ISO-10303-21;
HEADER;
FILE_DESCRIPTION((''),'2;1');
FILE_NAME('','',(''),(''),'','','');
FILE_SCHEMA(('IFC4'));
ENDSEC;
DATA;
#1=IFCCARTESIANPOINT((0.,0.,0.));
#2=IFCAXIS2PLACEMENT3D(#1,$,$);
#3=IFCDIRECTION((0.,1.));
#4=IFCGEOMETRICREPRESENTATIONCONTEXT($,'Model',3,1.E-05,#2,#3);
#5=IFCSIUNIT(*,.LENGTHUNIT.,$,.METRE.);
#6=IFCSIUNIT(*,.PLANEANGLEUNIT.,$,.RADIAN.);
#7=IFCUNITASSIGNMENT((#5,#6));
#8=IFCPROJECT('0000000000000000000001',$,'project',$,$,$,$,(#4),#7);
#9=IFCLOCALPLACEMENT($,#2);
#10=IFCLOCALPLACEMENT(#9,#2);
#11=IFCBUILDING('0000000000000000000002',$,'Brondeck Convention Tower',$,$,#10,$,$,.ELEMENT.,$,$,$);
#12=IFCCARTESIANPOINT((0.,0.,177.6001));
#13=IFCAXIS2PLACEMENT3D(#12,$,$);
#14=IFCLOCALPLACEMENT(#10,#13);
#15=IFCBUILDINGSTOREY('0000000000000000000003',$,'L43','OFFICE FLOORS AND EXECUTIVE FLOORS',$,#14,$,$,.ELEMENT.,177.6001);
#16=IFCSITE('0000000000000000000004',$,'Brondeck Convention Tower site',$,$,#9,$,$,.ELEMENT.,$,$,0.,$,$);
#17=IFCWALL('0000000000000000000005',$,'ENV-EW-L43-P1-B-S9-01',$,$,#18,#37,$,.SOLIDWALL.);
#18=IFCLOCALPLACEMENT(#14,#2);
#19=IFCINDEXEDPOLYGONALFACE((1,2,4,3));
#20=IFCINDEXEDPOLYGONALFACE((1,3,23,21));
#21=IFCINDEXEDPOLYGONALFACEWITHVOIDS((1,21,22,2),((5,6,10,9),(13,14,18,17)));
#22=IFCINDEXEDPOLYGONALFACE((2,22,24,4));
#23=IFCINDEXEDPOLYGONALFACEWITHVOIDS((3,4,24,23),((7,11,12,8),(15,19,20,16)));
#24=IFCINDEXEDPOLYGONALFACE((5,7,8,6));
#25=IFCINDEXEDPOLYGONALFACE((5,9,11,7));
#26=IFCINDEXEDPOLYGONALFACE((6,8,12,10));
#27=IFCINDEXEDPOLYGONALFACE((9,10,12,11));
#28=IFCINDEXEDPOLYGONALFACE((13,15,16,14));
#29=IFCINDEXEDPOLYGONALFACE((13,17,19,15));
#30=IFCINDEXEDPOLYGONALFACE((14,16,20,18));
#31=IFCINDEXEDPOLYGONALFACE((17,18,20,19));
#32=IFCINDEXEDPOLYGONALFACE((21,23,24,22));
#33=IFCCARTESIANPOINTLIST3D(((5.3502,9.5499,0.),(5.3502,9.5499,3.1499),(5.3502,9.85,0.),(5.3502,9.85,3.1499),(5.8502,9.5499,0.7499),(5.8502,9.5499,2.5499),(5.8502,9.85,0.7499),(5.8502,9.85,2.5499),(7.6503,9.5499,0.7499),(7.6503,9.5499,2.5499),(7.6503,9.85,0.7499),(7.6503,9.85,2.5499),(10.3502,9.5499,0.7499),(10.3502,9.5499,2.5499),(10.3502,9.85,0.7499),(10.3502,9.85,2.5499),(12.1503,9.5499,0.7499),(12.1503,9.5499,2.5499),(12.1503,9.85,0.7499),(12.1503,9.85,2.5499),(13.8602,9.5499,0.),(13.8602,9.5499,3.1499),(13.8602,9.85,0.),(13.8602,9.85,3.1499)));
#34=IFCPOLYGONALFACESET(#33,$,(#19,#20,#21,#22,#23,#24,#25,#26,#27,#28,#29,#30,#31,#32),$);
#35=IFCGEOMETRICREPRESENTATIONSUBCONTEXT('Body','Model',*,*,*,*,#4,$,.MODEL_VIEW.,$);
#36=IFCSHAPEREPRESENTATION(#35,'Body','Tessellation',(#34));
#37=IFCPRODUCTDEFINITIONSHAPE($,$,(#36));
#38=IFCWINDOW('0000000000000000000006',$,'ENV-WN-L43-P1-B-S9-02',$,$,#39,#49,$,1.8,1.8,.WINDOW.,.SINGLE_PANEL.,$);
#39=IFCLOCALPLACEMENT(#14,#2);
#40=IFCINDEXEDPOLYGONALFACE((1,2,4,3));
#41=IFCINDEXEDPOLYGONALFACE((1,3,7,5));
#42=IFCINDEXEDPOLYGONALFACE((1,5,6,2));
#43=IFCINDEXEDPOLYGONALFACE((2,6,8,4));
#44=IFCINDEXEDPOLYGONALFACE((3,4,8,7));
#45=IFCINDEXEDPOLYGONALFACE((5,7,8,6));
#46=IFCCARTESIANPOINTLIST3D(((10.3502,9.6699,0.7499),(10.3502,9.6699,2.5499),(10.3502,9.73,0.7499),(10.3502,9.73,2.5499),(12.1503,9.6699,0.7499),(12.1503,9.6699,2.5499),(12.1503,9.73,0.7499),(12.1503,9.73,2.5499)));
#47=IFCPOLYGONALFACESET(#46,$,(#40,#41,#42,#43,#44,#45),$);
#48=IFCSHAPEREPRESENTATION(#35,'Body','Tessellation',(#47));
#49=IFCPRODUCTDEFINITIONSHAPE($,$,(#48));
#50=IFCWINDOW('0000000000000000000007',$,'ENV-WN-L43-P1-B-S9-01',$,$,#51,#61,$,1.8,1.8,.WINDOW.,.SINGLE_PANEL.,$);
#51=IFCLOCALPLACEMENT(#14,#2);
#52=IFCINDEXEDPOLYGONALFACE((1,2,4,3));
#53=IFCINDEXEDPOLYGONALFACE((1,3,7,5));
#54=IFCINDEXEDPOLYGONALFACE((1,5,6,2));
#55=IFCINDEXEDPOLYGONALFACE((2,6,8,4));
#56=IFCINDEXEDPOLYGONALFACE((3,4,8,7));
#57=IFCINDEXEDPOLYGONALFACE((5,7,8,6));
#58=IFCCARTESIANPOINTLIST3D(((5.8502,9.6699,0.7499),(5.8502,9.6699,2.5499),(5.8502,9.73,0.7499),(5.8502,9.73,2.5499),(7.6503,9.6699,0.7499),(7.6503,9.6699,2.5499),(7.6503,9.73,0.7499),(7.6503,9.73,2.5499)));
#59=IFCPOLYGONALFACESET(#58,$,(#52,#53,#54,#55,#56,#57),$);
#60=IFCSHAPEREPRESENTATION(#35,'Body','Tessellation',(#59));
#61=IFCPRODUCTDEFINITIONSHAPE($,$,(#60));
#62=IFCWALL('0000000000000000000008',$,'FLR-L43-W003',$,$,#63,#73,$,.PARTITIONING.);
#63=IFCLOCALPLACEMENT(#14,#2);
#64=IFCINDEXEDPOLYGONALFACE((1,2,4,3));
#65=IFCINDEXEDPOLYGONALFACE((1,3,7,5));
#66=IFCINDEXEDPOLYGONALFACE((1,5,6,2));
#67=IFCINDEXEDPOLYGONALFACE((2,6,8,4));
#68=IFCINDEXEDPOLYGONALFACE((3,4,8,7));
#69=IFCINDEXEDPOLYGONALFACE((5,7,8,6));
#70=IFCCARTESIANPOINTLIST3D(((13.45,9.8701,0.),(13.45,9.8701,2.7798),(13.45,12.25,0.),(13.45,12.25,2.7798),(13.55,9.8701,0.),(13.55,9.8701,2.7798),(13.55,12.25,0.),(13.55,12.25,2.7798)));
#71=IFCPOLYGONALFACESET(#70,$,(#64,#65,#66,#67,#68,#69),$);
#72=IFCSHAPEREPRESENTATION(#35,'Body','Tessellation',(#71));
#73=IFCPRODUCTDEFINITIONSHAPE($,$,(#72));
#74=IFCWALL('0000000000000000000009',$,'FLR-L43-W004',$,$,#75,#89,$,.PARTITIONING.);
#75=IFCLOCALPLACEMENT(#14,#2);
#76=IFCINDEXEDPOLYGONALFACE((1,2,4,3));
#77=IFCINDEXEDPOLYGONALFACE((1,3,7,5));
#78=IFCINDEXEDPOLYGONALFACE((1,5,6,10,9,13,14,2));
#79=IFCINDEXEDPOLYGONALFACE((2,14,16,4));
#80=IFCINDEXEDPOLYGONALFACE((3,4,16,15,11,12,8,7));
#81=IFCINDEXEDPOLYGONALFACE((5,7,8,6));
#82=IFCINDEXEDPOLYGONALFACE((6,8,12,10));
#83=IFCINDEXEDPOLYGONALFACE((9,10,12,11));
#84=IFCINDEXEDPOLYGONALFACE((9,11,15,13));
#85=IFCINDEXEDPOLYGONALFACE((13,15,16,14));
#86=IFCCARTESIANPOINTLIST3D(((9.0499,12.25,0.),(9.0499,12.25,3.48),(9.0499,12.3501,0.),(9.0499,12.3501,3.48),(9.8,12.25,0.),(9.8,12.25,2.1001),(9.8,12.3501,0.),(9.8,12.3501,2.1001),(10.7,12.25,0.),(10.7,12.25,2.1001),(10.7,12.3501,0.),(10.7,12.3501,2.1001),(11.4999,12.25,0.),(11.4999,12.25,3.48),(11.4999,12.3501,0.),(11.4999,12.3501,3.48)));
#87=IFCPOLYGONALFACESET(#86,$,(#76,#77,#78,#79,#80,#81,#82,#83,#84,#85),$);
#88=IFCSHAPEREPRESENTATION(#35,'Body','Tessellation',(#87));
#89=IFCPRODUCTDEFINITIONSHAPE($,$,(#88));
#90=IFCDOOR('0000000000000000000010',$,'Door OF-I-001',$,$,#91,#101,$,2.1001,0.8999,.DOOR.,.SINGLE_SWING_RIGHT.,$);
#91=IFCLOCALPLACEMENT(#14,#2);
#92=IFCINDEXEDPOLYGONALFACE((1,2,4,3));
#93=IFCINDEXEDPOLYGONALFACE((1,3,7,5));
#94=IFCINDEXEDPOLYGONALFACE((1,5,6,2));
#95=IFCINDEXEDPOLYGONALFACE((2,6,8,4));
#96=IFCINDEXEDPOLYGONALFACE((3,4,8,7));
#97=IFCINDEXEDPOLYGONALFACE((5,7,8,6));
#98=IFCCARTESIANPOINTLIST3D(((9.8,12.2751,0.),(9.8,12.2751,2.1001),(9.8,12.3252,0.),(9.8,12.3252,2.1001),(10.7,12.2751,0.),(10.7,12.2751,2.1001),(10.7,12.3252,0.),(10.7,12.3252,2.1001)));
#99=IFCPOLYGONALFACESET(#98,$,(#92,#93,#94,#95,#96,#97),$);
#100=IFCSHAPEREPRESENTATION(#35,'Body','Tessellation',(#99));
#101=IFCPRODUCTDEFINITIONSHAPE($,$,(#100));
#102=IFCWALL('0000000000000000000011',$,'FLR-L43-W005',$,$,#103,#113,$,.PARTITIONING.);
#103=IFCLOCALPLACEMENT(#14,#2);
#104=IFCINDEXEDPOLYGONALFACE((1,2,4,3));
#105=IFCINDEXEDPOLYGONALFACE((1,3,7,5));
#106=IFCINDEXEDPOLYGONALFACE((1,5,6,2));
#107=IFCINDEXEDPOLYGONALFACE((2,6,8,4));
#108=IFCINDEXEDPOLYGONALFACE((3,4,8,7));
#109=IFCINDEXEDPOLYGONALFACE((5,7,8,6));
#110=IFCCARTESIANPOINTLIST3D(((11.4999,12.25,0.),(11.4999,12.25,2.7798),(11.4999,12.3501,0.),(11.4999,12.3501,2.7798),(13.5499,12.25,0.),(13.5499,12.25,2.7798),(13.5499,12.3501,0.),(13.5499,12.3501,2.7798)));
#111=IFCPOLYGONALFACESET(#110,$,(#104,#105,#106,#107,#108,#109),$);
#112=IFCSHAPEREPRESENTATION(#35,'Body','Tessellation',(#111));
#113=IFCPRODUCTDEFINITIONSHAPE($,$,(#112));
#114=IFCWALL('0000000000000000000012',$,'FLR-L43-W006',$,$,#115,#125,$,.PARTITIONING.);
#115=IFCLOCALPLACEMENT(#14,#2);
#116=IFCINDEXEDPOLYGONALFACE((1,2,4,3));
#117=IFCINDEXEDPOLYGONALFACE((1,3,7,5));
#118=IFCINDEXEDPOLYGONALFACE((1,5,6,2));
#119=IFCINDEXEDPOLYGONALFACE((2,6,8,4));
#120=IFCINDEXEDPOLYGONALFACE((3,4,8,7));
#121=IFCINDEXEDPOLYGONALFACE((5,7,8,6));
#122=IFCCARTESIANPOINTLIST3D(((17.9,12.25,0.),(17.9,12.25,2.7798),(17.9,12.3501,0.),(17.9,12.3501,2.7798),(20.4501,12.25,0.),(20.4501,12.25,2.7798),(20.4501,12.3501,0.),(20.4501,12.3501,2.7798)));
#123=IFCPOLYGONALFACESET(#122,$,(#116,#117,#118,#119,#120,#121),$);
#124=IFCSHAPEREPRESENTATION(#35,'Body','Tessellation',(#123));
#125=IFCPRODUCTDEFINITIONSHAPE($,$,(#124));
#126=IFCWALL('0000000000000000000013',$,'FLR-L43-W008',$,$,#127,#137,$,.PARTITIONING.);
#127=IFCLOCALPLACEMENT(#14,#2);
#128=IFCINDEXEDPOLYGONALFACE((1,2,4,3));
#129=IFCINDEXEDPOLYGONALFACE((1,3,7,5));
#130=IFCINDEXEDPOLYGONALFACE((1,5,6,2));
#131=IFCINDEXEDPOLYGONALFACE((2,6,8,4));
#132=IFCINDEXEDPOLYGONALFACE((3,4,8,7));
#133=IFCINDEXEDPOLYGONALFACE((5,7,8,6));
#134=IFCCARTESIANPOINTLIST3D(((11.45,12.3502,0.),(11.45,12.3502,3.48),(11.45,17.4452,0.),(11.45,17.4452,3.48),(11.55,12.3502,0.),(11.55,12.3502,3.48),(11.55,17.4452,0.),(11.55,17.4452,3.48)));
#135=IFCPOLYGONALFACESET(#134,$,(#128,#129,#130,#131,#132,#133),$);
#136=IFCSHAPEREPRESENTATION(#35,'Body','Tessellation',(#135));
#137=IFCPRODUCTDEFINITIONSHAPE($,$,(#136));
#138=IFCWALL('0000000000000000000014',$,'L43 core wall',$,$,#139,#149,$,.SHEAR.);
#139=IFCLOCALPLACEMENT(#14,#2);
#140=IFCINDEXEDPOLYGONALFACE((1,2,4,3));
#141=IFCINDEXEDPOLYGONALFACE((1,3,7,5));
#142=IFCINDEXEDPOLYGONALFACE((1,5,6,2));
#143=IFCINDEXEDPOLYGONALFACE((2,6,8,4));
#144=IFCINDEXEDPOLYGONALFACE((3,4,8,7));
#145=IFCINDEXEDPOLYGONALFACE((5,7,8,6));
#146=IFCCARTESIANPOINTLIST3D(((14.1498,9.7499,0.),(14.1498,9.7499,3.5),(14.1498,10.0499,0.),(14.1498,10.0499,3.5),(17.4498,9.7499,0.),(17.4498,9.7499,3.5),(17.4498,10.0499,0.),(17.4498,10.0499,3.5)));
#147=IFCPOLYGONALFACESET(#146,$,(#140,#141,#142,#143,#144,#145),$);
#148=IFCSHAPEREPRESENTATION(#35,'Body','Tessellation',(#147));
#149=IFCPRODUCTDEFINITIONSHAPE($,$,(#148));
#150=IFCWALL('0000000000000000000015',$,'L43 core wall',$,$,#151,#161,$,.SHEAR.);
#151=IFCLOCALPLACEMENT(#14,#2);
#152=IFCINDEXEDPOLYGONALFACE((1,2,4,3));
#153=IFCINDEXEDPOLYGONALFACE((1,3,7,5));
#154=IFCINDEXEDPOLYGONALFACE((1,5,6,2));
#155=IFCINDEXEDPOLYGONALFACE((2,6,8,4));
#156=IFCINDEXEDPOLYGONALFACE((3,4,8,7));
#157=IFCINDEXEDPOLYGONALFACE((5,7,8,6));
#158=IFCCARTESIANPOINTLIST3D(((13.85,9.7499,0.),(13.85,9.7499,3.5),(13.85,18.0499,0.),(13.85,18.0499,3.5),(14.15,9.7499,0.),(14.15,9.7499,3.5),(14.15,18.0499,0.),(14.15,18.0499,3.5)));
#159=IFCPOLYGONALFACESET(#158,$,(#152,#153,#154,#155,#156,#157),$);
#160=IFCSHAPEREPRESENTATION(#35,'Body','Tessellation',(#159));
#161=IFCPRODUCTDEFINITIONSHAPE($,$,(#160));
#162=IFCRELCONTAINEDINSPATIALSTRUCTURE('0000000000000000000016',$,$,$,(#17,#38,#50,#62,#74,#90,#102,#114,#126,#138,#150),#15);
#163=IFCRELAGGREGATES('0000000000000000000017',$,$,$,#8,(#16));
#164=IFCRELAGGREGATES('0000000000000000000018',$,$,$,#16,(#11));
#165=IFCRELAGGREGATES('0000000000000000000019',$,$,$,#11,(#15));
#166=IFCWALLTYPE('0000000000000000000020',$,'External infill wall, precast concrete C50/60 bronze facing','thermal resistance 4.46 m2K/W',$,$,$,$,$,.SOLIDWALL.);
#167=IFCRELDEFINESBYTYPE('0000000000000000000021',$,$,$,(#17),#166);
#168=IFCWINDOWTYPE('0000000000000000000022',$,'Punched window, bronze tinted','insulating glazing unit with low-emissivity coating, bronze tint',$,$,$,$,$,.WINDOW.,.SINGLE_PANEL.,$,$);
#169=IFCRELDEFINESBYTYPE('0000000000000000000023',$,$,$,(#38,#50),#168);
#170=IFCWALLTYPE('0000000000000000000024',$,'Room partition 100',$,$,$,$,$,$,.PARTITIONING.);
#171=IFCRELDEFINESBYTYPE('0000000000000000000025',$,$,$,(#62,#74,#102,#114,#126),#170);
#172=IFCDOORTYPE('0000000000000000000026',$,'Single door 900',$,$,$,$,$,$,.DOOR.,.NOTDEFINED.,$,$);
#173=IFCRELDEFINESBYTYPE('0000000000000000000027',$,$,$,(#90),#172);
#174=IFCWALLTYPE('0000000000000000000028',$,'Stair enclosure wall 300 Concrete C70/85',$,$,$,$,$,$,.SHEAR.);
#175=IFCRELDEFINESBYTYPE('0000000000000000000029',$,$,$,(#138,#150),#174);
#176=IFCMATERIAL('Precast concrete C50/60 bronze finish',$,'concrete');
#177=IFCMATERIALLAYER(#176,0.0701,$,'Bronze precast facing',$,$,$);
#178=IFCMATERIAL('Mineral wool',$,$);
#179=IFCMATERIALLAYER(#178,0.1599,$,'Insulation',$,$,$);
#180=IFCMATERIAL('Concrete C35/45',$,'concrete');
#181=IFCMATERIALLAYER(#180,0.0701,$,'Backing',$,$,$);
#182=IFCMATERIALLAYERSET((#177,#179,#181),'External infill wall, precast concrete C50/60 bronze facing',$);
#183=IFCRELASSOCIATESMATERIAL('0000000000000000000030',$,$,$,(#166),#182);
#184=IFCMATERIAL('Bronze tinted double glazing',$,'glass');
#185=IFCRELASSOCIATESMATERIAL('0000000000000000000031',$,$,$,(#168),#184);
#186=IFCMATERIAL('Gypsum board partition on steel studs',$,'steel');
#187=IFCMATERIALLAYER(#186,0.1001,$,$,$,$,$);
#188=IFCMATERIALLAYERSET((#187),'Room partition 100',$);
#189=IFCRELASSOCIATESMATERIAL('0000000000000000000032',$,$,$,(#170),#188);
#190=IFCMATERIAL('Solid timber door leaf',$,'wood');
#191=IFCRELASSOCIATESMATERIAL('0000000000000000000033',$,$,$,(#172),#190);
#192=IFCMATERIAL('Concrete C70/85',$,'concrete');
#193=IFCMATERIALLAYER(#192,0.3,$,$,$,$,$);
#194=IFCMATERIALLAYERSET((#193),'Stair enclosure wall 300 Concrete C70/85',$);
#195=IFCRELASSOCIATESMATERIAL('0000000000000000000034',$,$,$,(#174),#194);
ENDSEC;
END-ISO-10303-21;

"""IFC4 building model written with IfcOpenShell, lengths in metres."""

from ifc_helpers import new_model, si_unit, direction, frame, frame_2d, origin, place, context, subcontext, project, spatial, rectangle, extrude, material, layer, layer_set, type_object, element, fill, save


model = new_model("IFC4")

# Units and contexts
model_context = context("Model", 3, precision=1e-05, world=origin(), true_north=direction((0.0, 1.0)))
body_context = subcontext(model_context, "Body", "Model", "MODEL_VIEW")
ifc_project = project(units=[si_unit("LENGTHUNIT", "METRE"), si_unit("PLANEANGLEUNIT", "RADIAN")], contexts=[model_context])

# Site, building, storey
site_placement = place(None, origin())
site = spatial("IfcSite", under=ifc_project, at=site_placement, Name="Brondeck Convention Tower site", CompositionType="ELEMENT", RefElevation=0.0)
building_placement = place(site_placement, origin())
building = spatial("IfcBuilding", under=site, at=building_placement, Name="Brondeck Convention Tower", CompositionType="ELEMENT")
storey_placement = place(building_placement, frame((0.0, 0.0, 177.6001)))
storey = spatial("IfcBuildingStorey", under=building, at=storey_placement, Name="L43", Description="OFFICE FLOORS AND EXECUTIVE FLOORS", CompositionType="ELEMENT", Elevation=177.6001)

# Shared definitions
ifc_material_1 = material(Name="Concrete C70/85", Category="concrete")

# Wall, openings, windows
ifc_material_2 = material(Name="Precast concrete C50/60 bronze finish", Category="concrete")
ifc_layer_1 = layer(ifc_material_2, 0.0701, Name="Bronze precast facing")
ifc_material_3 = material(Name="Mineral wool")
ifc_layer_2 = layer(ifc_material_3, 0.1599, Name="Insulation")
ifc_material_4 = material(Name="Concrete C35/45", Category="concrete")
ifc_layer_3 = layer(ifc_material_4, 0.0701, Name="Backing")
ifc_layer_set_1 = layer_set([ifc_layer_1, ifc_layer_2, ifc_layer_3], Name="External infill wall, precast concrete C50/60 bronze facing")
wall_type_1 = type_object("IfcWallType", Name="External infill wall, precast concrete C50/60 bronze facing", Description="thermal resistance 4.46 m2K/W", PredefinedType="SOLIDWALL", material=ifc_layer_set_1)
wall_1_placement = place(storey_placement, frame((13.8601, 9.7, 0.0), z_axis=(0.0, 0.0, 1.0), x_axis=(-1.0, 0.0, 0.0)))
wall_1 = element("IfcWall", 1, at=wall_1_placement, inside=storey, type_object=wall_type_1, Name="ENV-EW-L43-P1-B-S9-01", PredefinedType="SOLIDWALL", context=body_context, shape_type="SweptSolid", body=[
    extrude(rectangle(XDim=8.51, YDim=0.3, at=frame_2d((4.2549, 0.0))), origin(), (0.0, 0.0, 1.0), 3.1499),
])
opening_1_placement = place(wall_1_placement, frame((1.71, 0.0, 0.75)))
opening_1 = element("IfcOpeningElement", 2, at=opening_1_placement, cuts=wall_1, PredefinedType="OPENING", context=body_context, shape_type="SweptSolid", body=[
    extrude(rectangle(XDim=1.8, YDim=1.8, at=frame_2d((0.8999, 0.8999))), frame((0.0, 0.1599, 0.0), z_axis=(0.0, -1.0, 0.0), x_axis=(1.0, 0.0, 0.0)), (0.0, 0.0, 1.0), 0.3201),
])
opening_2_placement = place(wall_1_placement, frame((6.21, 0.0, 0.75)))
opening_2 = element("IfcOpeningElement", 3, at=opening_2_placement, cuts=wall_1, PredefinedType="OPENING", context=body_context, shape_type="SweptSolid", body=[
    extrude(rectangle(XDim=1.8, YDim=1.8, at=frame_2d((0.8999, 0.8999))), frame((0.0, 0.1599, 0.0), z_axis=(0.0, -1.0, 0.0), x_axis=(1.0, 0.0, 0.0)), (0.0, 0.0, 1.0), 0.3201),
])
ifc_material_5 = material(Name="Bronze tinted double glazing", Category="glass")
window_type = type_object("IfcWindowType", Name="Punched window, bronze tinted", Description="insulating glazing unit with low-emissivity coating, bronze tint", PartitioningType="SINGLE_PANEL", PredefinedType="WINDOW", material=ifc_material_5)
window_1_placement = place(opening_1_placement, origin())
window_1 = element("IfcWindow", 4, at=window_1_placement, inside=storey, type_object=window_type, Name="ENV-WN-L43-P1-B-S9-02", OverallHeight=1.8, OverallWidth=1.8, PartitioningType="SINGLE_PANEL", PredefinedType="WINDOW", context=body_context, shape_type="SweptSolid", body=[
    extrude(rectangle(XDim=1.8, YDim=1.8, at=frame_2d((0.8999, 0.8999))), frame((0.0, 0.03, 0.0), z_axis=(0.0, -1.0, 0.0), x_axis=(1.0, 0.0, 0.0)), (0.0, 0.0, 1.0), 0.0601),
])
fill(opening_1, window_1)
window_2_placement = place(opening_2_placement, origin())
window_2 = element("IfcWindow", 5, at=window_2_placement, inside=storey, type_object=window_type, Name="ENV-WN-L43-P1-B-S9-01", OverallHeight=1.8, OverallWidth=1.8, PartitioningType="SINGLE_PANEL", PredefinedType="WINDOW", context=body_context, shape_type="SweptSolid", body=[
    extrude(rectangle(XDim=1.8, YDim=1.8, at=frame_2d((0.8999, 0.8999))), frame((0.0, 0.03, 0.0), z_axis=(0.0, -1.0, 0.0), x_axis=(1.0, 0.0, 0.0)), (0.0, 0.0, 1.0), 0.0601),
])
fill(opening_2, window_2)

# Wall
ifc_material_6 = material(Name="Gypsum board partition on steel studs", Category="steel")
ifc_layer_4 = layer(ifc_material_6, 0.1001)
ifc_layer_set_2 = layer_set([ifc_layer_4], Name="Room partition 100")
wall_type_2 = type_object("IfcWallType", Name="Room partition 100", PredefinedType="PARTITIONING", material=ifc_layer_set_2)
wall_2_placement = place(storey_placement, frame((13.5, 12.25, 0.0), z_axis=(0.0, 0.0, 1.0), x_axis=(0.0, -1.0, 0.0)))
element("IfcWall", 6, at=wall_2_placement, inside=storey, type_object=wall_type_2, Name="FLR-L43-W003", PredefinedType="PARTITIONING", context=body_context, shape_type="SweptSolid", body=[
    extrude(rectangle(XDim=2.3799, YDim=0.1001, at=frame_2d((1.1899, 0.0))), origin(), (0.0, 0.0, 1.0), 2.7798),
])

# Wall, opening, door
wall_3_placement = place(storey_placement, frame((11.5, 12.3, 0.0), z_axis=(0.0, 0.0, 1.0), x_axis=(-1.0, 0.0, 0.0)))
wall_3 = element("IfcWall", 7, at=wall_3_placement, inside=storey, type_object=wall_type_2, Name="FLR-L43-W004", PredefinedType="PARTITIONING", context=body_context, shape_type="SweptSolid", body=[
    extrude(rectangle(XDim=2.45, YDim=0.1001, at=frame_2d((1.2251, 0.0))), origin(), (0.0, 0.0, 1.0), 3.48),
])
opening_3_placement = place(wall_3_placement, frame((0.8, 0.0, 0.0)))
opening_3 = element("IfcOpeningElement", 8, at=opening_3_placement, cuts=wall_3, PredefinedType="OPENING", context=body_context, shape_type="SweptSolid", body=[
    extrude(rectangle(XDim=0.8999, YDim=2.1001, at=frame_2d((0.45, 1.05))), frame((0.0, 0.0601, 0.0), z_axis=(0.0, -1.0, 0.0), x_axis=(1.0, 0.0, 0.0)), (0.0, 0.0, 1.0), 0.1201),
])
ifc_material_7 = material(Name="Solid timber door leaf", Category="wood")
door_type_1 = type_object("IfcDoorType", Name="Single door 900", OperationType="NOTDEFINED", PredefinedType="DOOR", material=ifc_material_7)
door_1_placement = place(opening_3_placement, origin())
door_1 = element("IfcDoor", 9, at=door_1_placement, inside=storey, type_object=door_type_1, Name="Door OF-I-001", OperationType="SINGLE_SWING_RIGHT", OverallHeight=2.1001, OverallWidth=0.8999, PredefinedType="DOOR", context=body_context, shape_type="SweptSolid", body=[
    extrude(rectangle(XDim=0.8999, YDim=2.1001, at=frame_2d((0.45, 1.05))), frame((0.0, 0.0249, 0.0), z_axis=(0.0, -1.0, 0.0), x_axis=(1.0, 0.0, 0.0)), (0.0, 0.0, 1.0), 0.05),
])
fill(opening_3, door_1)

# Walls
wall_4_placement = place(storey_placement, frame((11.5, 12.3, 0.0), z_axis=(0.0, 0.0, 1.0), x_axis=(1.0, 0.0, 0.0)))
element("IfcWall", 10, at=wall_4_placement, inside=storey, type_object=wall_type_2, Name="FLR-L43-W005", PredefinedType="PARTITIONING", context=body_context, shape_type="SweptSolid", body=[
    extrude(rectangle(XDim=2.05, YDim=0.1001, at=frame_2d((1.0249, 0.0))), origin(), (0.0, 0.0, 1.0), 2.7798),
])
wall_5_placement = place(storey_placement, frame((20.45, 12.3, 0.0), z_axis=(0.0, 0.0, 1.0), x_axis=(-1.0, 0.0, 0.0)))
element("IfcWall", 11, at=wall_5_placement, inside=storey, type_object=wall_type_2, Name="FLR-L43-W006", PredefinedType="PARTITIONING", context=body_context, shape_type="SweptSolid", body=[
    extrude(rectangle(XDim=2.55, YDim=0.1001, at=frame_2d((1.2749, 0.0))), origin(), (0.0, 0.0, 1.0), 2.7798),
])
wall_6_placement = place(storey_placement, frame((11.5, 17.4451, 0.0), z_axis=(0.0, 0.0, 1.0), x_axis=(0.0, -1.0, 0.0)))
element("IfcWall", 12, at=wall_6_placement, inside=storey, type_object=wall_type_2, Name="FLR-L43-W008", PredefinedType="PARTITIONING", context=body_context, shape_type="SweptSolid", body=[
    extrude(rectangle(XDim=5.095, YDim=0.1001, at=frame_2d((2.5474, 0.0))), origin(), (0.0, 0.0, 1.0), 3.48),
])
ifc_layer_5 = layer(ifc_material_1, 0.3)
ifc_layer_set_3 = layer_set([ifc_layer_5], Name="Stair enclosure wall 300 Concrete C70/85")
wall_type_3 = type_object("IfcWallType", Name="Stair enclosure wall 300 Concrete C70/85", PredefinedType="SHEAR", material=ifc_layer_set_3)
wall_7_placement = place(storey_placement, frame((14.1499, 9.8999, 0.0), z_axis=(0.0, 0.0, 1.0), x_axis=(1.0, 0.0, 0.0)))
element("IfcWall", 13, at=wall_7_placement, inside=storey, type_object=wall_type_3, Name="L43 core wall", PredefinedType="SHEAR", context=body_context, shape_type="SweptSolid", body=[
    extrude(rectangle(XDim=3.3, YDim=0.3, at=frame_2d((1.6499, 0.0))), origin(), (0.0, 0.0, 1.0), 3.5),
])
wall_8_placement = place(storey_placement, frame((14.0, 9.75, 0.0), z_axis=(0.0, 0.0, 1.0), x_axis=(0.0, 1.0, 0.0)))
element("IfcWall", 14, at=wall_8_placement, inside=storey, type_object=wall_type_3, Name="L43 core wall", PredefinedType="SHEAR", context=body_context, shape_type="SweptSolid", body=[
    extrude(rectangle(XDim=8.3, YDim=0.3, at=frame_2d((4.1499, 0.0))), origin(), (0.0, 0.0, 1.0), 3.5),
])

save(model, "model.ifc")
